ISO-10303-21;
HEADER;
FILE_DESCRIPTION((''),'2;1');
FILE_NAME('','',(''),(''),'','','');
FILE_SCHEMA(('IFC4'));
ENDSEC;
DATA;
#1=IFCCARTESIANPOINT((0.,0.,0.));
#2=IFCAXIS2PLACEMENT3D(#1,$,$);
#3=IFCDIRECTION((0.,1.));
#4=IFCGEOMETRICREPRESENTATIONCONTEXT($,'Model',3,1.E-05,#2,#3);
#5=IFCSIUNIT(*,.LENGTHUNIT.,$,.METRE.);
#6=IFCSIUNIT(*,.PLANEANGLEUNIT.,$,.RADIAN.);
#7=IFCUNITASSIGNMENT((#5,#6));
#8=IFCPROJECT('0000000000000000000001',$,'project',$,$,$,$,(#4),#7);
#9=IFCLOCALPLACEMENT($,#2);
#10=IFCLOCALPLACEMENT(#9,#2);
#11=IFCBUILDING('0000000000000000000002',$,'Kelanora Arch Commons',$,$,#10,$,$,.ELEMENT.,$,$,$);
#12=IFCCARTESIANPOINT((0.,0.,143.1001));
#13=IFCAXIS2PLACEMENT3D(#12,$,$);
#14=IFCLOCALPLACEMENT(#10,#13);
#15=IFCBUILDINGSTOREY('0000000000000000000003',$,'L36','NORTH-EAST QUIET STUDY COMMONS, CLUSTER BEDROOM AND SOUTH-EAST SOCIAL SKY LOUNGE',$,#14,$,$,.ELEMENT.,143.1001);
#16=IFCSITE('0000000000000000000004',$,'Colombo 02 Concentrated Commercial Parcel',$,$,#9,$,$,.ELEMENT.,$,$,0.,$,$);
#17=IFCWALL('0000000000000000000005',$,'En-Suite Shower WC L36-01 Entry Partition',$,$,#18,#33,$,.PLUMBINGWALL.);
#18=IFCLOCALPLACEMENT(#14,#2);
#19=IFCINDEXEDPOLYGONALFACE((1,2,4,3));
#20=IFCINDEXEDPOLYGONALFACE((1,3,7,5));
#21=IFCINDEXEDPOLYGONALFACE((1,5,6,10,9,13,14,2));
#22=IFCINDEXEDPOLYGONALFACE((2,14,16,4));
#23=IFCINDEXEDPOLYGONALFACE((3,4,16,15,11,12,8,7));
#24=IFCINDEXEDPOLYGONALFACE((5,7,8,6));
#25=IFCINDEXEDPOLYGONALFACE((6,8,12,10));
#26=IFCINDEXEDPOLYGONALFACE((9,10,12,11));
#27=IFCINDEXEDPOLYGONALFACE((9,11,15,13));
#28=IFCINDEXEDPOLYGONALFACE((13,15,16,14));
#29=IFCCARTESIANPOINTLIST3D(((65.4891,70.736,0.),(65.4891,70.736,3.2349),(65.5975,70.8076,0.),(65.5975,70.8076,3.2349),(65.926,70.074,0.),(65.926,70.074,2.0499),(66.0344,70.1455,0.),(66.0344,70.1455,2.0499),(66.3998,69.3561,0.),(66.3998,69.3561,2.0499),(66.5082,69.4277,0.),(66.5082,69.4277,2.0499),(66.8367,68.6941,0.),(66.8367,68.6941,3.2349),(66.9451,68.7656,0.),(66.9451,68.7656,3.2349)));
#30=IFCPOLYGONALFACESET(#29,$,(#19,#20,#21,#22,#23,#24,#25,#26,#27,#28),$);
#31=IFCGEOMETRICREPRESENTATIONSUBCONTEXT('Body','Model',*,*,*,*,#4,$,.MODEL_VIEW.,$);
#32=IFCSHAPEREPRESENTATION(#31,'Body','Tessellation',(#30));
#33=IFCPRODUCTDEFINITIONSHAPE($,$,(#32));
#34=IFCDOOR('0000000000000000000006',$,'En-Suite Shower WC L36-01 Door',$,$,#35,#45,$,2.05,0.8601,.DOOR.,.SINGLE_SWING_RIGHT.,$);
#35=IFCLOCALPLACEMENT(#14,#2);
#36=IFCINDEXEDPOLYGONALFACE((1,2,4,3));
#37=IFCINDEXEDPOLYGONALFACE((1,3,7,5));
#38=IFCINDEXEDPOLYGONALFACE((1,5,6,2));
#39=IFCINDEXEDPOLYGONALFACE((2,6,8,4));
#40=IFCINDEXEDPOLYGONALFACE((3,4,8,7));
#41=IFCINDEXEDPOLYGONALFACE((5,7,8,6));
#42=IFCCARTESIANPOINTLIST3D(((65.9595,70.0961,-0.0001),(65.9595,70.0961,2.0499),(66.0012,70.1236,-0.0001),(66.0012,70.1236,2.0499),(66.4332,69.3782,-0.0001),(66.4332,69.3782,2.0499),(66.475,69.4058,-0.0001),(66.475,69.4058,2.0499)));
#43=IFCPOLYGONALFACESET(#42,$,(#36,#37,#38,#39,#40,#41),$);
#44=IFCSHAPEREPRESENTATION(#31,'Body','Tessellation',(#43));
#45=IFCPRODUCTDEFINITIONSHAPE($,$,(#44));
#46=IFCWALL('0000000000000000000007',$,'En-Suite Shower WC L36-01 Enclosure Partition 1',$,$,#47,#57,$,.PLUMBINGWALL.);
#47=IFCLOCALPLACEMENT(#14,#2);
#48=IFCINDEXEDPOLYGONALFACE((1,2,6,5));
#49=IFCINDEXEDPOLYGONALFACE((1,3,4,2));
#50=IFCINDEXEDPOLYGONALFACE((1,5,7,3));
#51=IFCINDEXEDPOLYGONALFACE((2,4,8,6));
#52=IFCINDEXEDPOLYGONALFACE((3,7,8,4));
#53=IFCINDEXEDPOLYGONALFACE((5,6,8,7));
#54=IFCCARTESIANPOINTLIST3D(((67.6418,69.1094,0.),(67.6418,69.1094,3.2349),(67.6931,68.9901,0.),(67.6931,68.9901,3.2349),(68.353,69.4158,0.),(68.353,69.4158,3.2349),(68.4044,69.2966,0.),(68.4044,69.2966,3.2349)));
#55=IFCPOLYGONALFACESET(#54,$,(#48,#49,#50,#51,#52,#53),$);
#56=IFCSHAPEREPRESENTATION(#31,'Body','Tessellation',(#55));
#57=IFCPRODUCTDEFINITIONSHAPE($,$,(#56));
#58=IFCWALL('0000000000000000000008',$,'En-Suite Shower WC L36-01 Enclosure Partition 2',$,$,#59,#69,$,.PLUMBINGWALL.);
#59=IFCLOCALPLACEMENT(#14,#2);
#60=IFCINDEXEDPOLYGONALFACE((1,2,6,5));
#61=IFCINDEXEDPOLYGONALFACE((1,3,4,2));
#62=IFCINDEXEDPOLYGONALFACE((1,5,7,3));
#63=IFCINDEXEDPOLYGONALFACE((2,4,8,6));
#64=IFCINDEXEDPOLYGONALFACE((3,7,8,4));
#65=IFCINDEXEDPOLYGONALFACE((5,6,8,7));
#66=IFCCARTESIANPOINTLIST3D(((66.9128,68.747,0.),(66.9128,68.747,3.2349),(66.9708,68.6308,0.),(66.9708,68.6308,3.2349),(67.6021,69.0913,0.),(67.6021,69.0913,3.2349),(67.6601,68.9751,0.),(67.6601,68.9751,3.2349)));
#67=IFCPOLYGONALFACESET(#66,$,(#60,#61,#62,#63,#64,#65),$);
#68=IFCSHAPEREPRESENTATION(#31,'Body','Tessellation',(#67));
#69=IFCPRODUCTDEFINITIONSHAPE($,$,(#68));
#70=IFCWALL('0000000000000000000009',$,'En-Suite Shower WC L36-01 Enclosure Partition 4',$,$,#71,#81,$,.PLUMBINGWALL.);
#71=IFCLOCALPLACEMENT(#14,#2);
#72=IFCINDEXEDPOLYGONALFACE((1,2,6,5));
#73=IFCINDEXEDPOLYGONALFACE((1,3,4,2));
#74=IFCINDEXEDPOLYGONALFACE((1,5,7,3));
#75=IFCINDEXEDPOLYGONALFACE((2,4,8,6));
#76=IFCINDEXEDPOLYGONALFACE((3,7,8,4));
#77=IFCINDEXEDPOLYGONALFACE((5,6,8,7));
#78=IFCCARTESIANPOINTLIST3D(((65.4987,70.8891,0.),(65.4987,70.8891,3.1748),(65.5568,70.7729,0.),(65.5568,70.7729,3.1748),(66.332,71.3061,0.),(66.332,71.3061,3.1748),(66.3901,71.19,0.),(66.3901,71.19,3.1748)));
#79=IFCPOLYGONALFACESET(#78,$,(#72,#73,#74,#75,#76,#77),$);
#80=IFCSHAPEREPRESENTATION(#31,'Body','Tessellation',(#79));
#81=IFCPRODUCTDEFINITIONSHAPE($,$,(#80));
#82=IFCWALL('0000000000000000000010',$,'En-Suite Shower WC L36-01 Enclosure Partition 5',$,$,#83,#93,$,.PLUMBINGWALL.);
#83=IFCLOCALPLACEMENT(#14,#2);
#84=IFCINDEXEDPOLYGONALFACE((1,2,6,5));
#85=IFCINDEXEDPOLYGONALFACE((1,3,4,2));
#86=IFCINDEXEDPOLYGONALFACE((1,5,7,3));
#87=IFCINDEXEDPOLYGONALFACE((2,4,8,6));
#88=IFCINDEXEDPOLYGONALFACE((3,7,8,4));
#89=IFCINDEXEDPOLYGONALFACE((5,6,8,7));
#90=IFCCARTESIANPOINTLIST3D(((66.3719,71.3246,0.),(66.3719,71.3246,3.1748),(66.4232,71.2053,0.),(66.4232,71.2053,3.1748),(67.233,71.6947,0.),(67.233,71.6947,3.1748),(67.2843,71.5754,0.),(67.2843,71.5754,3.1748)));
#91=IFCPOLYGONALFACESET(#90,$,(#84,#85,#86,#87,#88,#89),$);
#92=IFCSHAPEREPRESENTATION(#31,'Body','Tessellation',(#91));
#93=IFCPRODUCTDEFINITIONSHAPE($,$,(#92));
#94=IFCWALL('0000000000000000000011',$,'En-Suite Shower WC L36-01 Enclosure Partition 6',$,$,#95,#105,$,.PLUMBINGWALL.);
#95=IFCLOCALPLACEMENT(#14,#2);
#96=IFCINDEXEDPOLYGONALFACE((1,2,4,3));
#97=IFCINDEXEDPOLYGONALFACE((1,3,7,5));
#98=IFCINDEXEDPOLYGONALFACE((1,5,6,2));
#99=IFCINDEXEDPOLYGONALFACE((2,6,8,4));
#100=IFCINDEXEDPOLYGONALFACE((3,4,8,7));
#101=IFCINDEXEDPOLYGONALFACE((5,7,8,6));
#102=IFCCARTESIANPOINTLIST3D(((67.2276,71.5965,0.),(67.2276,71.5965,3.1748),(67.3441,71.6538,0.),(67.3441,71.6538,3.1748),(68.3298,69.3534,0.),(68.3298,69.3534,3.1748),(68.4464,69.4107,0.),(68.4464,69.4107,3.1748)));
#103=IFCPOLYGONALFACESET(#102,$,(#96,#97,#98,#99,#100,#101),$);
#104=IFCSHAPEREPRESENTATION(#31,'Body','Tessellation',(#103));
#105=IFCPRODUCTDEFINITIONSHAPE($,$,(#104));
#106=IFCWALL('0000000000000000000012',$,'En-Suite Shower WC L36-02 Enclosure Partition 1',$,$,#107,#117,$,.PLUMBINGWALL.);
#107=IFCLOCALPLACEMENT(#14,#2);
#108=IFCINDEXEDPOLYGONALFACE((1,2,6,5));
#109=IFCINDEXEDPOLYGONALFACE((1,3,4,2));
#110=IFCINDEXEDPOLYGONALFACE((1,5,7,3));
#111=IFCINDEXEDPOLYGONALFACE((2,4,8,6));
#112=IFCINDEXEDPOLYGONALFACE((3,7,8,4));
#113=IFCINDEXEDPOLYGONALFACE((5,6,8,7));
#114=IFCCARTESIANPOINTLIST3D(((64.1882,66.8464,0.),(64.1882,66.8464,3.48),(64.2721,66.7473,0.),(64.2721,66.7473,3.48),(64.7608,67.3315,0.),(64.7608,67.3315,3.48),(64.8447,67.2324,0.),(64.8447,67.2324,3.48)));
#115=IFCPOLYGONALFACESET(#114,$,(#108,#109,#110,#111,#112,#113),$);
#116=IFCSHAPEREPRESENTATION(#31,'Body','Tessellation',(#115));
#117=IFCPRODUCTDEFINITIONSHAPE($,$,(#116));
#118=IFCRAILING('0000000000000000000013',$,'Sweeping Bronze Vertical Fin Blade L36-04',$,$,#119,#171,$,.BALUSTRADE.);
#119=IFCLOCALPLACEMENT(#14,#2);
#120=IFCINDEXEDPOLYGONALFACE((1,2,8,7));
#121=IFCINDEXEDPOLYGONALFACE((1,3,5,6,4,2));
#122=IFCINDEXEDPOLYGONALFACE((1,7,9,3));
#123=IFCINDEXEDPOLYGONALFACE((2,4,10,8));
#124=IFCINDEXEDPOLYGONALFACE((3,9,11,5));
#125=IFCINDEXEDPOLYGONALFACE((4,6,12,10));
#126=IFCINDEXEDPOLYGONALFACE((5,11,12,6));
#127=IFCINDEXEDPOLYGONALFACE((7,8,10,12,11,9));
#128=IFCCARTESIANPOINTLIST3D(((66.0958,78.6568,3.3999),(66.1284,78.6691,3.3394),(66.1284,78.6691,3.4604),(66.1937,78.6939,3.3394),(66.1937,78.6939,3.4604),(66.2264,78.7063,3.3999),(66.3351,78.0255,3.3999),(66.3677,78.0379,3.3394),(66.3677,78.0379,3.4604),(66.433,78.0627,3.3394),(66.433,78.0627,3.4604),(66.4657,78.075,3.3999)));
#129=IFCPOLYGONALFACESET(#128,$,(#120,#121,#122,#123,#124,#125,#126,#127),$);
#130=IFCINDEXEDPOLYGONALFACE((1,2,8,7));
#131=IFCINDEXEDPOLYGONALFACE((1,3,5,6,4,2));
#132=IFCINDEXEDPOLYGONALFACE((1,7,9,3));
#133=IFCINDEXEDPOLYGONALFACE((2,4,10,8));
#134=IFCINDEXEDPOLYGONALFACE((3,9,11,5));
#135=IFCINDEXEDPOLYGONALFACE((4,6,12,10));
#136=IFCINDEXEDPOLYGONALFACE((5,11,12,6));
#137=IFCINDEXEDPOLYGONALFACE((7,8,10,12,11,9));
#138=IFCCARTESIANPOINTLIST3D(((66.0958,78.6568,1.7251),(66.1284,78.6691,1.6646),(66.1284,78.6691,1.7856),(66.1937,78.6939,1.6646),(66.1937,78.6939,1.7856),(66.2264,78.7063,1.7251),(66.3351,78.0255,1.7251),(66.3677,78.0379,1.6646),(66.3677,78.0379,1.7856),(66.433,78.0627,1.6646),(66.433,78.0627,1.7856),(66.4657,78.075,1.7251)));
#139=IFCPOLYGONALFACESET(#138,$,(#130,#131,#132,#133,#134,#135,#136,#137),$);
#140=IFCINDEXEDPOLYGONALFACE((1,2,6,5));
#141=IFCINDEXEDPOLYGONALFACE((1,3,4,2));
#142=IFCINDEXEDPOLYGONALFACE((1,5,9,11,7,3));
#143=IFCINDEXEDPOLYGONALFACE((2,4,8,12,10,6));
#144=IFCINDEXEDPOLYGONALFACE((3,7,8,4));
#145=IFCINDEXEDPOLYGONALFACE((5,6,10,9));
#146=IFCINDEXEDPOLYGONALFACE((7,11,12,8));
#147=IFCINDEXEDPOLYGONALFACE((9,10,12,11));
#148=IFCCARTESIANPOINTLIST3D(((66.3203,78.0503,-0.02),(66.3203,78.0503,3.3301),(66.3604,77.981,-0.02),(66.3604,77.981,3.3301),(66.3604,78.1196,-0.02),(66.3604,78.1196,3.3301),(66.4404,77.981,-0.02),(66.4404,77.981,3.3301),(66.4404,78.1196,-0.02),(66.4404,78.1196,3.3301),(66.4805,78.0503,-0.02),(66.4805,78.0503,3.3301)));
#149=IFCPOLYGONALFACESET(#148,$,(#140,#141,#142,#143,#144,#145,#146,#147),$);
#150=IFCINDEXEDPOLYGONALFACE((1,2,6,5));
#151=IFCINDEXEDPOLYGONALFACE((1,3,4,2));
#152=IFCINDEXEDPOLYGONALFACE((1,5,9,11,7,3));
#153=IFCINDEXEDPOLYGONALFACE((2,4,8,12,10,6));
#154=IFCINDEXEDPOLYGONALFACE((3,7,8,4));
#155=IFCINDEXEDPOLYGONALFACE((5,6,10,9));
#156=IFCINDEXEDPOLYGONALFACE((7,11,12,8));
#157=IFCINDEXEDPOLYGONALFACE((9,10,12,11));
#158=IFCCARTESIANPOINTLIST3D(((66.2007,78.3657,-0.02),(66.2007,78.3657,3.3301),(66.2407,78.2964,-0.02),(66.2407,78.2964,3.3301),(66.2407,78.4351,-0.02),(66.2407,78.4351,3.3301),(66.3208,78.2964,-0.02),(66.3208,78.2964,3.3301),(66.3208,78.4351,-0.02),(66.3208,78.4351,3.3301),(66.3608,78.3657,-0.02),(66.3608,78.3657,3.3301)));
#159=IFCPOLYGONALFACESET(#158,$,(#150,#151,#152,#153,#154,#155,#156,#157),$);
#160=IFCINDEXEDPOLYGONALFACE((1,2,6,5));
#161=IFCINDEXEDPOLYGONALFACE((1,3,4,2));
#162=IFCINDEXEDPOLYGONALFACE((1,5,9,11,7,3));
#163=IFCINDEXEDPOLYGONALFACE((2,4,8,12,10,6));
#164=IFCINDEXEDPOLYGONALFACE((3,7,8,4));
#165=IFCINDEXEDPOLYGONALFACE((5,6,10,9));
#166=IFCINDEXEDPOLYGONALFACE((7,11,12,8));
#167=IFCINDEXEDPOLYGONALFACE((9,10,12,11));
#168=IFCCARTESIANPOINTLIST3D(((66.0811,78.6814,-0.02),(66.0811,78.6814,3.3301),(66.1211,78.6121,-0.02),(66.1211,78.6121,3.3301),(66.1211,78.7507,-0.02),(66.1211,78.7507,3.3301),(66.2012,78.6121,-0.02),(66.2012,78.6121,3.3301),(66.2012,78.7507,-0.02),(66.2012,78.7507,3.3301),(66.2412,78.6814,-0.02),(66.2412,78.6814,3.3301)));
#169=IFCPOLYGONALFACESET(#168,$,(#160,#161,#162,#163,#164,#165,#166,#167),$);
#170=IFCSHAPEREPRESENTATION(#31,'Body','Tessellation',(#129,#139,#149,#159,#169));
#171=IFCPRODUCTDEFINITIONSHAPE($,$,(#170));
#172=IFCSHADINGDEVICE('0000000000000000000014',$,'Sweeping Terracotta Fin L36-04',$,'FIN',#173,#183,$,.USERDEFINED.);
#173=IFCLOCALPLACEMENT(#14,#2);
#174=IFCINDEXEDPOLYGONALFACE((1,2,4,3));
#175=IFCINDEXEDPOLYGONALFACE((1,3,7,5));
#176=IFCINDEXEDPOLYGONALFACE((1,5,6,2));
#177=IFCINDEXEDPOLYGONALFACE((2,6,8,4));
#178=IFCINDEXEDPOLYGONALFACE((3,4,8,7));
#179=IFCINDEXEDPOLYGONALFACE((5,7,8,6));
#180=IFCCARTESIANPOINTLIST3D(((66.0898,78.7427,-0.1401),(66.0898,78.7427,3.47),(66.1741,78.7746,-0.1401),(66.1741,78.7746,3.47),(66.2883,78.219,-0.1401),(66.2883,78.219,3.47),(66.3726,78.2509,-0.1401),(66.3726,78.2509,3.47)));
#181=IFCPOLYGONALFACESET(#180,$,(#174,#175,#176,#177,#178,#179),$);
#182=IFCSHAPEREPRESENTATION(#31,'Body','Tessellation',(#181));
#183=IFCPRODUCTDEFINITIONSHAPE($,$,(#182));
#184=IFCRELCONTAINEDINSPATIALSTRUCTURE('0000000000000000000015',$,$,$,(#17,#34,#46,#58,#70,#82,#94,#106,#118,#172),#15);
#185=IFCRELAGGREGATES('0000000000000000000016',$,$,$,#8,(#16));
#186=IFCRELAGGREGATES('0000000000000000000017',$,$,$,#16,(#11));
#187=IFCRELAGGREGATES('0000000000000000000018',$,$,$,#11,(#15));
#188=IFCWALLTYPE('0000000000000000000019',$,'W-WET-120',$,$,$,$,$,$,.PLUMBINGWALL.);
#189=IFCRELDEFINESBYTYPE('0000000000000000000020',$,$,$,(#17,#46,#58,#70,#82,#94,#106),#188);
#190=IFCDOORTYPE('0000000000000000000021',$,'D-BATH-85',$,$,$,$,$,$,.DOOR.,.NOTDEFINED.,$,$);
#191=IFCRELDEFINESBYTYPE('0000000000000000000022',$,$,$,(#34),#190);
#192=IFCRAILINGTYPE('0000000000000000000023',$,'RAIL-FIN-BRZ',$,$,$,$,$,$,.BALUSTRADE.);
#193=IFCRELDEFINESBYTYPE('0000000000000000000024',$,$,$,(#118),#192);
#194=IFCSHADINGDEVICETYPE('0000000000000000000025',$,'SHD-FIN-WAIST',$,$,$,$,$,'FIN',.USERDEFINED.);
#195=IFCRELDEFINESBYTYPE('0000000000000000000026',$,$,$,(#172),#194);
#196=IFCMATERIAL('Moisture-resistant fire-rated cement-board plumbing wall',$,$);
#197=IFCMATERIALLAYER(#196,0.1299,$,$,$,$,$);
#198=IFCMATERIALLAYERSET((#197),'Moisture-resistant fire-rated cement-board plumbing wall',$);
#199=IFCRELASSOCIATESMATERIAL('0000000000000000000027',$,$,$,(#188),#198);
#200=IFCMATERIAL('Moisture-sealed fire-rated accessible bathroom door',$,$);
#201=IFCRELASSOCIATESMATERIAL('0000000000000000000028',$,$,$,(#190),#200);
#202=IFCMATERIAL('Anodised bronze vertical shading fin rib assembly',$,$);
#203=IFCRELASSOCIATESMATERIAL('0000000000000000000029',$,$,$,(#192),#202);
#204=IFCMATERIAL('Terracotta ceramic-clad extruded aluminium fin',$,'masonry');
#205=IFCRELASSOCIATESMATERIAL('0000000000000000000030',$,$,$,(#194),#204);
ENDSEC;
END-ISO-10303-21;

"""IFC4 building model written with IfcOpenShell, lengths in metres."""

from ifc_helpers import new_model, si_unit, direction, frame, frame_2d, origin, origin_2d, place, context, subcontext, project, spatial, polyline, rectangle, outline, extrude, source, transform, mapped, material, layer, layer_set, type_object, element, fill, save


model = new_model("IFC4")

# Units and contexts
model_context = context("Model", 3, precision=1e-05, world=origin(), true_north=direction((0.0, 1.0)))
body_context = subcontext(model_context, "Body", "Model", "MODEL_VIEW")
ifc_project = project(units=[si_unit("LENGTHUNIT", "METRE"), si_unit("PLANEANGLEUNIT", "RADIAN")], contexts=[model_context])

# Site, building, storey
site_placement = place(None, origin())
site = spatial("IfcSite", under=ifc_project, at=site_placement, Name="Colombo 02 Concentrated Commercial Parcel", CompositionType="ELEMENT", RefElevation=0.0)
building_placement = place(site_placement, origin())
building = spatial("IfcBuilding", under=site, at=building_placement, Name="Kelanora Arch Commons", CompositionType="ELEMENT")
storey_placement = place(building_placement, frame((0.0, 0.0, 143.1001)))
storey = spatial("IfcBuildingStorey", under=building, at=storey_placement, Name="L36", Description="NORTH-EAST QUIET STUDY COMMONS, CLUSTER BEDROOM AND SOUTH-EAST SOCIAL SKY LOUNGE", CompositionType="ELEMENT", Elevation=143.1001)

# Wall, opening, door
ifc_material_1 = material(Name="Moisture-resistant fire-rated cement-board plumbing wall")
ifc_layer_1 = layer(ifc_material_1, 0.1299)
ifc_layer_set_1 = layer_set([ifc_layer_1], Name="Moisture-resistant fire-rated cement-board plumbing wall")
wall_type_1 = type_object("IfcWallType", Name="W-WET-120", PredefinedType="PLUMBINGWALL", material=ifc_layer_set_1)
wall_1_placement = place(storey_placement, frame((66.8909, 68.73, 0.0), z_axis=(0.0, 0.0, 1.0), x_axis=(-0.550826, 0.83462, 0.0)))
wall_1 = element("IfcWall", 1, at=wall_1_placement, inside=storey, type_object=wall_type_1, Name="En-Suite Shower WC L36-01 Entry Partition", PredefinedType="PLUMBINGWALL", context=body_context, shape_type="SweptSolid", body=[
    extrude(rectangle(XDim=2.4465, YDim=0.1299, at=frame_2d((1.2231, 0.0))), origin(), (0.0, 0.0, 1.0), 3.2349),
])
opening_1_placement = place(wall_1_placement, frame((0.793, 0.0, 0.0)))
opening_1 = element("IfcOpeningElement", 2, at=opening_1_placement, cuts=wall_1, PredefinedType="OPENING", context=body_context, shape_type="SweptSolid", body=[
    extrude(rectangle(XDim=0.8601, YDim=2.05, at=frame_2d((0.4302, 1.0249))), frame((0.0, 0.075, 0.0), z_axis=(0.0, -1.0, 0.0), x_axis=(1.0, 0.0, 0.0)), (0.0, 0.0, 1.0), 0.1499),
])
ifc_material_2 = material(Name="Moisture-sealed fire-rated accessible bathroom door")
door_type_1 = type_object("IfcDoorType", Name="D-BATH-85", OperationType="NOTDEFINED", PredefinedType="DOOR", material=ifc_material_2)
door_1_placement = place(opening_1_placement, origin())
door_1 = element("IfcDoor", 3, at=door_1_placement, inside=storey, type_object=door_type_1, Name="En-Suite Shower WC L36-01 Door", OperationType="SINGLE_SWING_RIGHT", OverallHeight=2.05, OverallWidth=0.8601, PredefinedType="DOOR", context=body_context, shape_type="SweptSolid", body=[
    extrude(rectangle(XDim=0.8601, YDim=2.05, at=frame_2d((0.4302, 1.0249))), frame((0.0, 0.0249, 0.0), z_axis=(0.0, -1.0, 0.0), x_axis=(1.0, 0.0, 0.0)), (0.0, 0.0, 1.0), 0.05),
])
fill(opening_1, door_1)

# Walls
wall_2_placement = place(storey_placement, frame((68.3787, 69.3562, 0.0), z_axis=(0.0, 0.0, 1.0), x_axis=(-0.918393, -0.395669, 0.0)))
element("IfcWall", 4, at=wall_2_placement, inside=storey, type_object=wall_type_1, Name="En-Suite Shower WC L36-01 Enclosure Partition 1", PredefinedType="PLUMBINGWALL", context=body_context, shape_type="SweptSolid", body=[
    extrude(rectangle(XDim=0.7744, YDim=0.1299, at=frame_2d((0.3872, 0.0))), origin(), (0.0, 0.0, 1.0), 3.2349),
])
wall_3_placement = place(storey_placement, frame((67.6311, 69.0332, 0.0), z_axis=(0.0, 0.0, 1.0), x_axis=(-0.894617, -0.446833, 0.0)))
element("IfcWall", 5, at=wall_3_placement, inside=storey, type_object=wall_type_1, Name="En-Suite Shower WC L36-01 Enclosure Partition 2", PredefinedType="PLUMBINGWALL", context=body_context, shape_type="SweptSolid", body=[
    extrude(rectangle(XDim=0.7705, YDim=0.1299, at=frame_2d((0.3853, 0.0))), origin(), (0.0, 0.0, 1.0), 3.2349),
])
wall_4_placement = place(storey_placement, frame((65.5278, 70.8311, 0.0), z_axis=(0.0, 0.0, 1.0), x_axis=(0.89427, 0.447528, 0.0)))
element("IfcWall", 6, at=wall_4_placement, inside=storey, type_object=wall_type_1, Name="En-Suite Shower WC L36-01 Enclosure Partition 4", PredefinedType="PLUMBINGWALL", context=body_context, shape_type="SweptSolid", body=[
    extrude(rectangle(XDim=0.9319, YDim=0.1299, at=frame_2d((0.4658, 0.0))), origin(), (0.0, 0.0, 1.0), 3.1748),
])
wall_5_placement = place(storey_placement, frame((66.3975, 71.2649, 0.0), z_axis=(0.0, 0.0, 1.0), x_axis=(0.918727, 0.394894, 0.0)))
element("IfcWall", 7, at=wall_5_placement, inside=storey, type_object=wall_type_1, Name="En-Suite Shower WC L36-01 Enclosure Partition 5", PredefinedType="PLUMBINGWALL", context=body_context, shape_type="SweptSolid", body=[
    extrude(rectangle(XDim=0.9373, YDim=0.1299, at=frame_2d((0.4688, 0.0))), origin(), (0.0, 0.0, 1.0), 3.1748),
])
wall_6_placement = place(storey_placement, frame((67.2859, 71.625, 0.0), z_axis=(0.0, 0.0, 1.0), x_axis=(0.44103, -0.897493, 0.0)))
element("IfcWall", 8, at=wall_6_placement, inside=storey, type_object=wall_type_1, Name="En-Suite Shower WC L36-01 Enclosure Partition 6", PredefinedType="PLUMBINGWALL", context=body_context, shape_type="SweptSolid", body=[
    extrude(rectangle(XDim=2.4993, YDim=0.1299, at=frame_2d((1.2495, 0.0))), origin(), (0.0, 0.0, 1.0), 3.1748),
])
wall_7_placement = place(storey_placement, frame((64.8027, 67.282, 0.0), z_axis=(0.0, 0.0, 1.0), x_axis=(-0.762942, -0.646467, 0.0)))
element("IfcWall", 9, at=wall_7_placement, inside=storey, type_object=wall_type_1, Name="En-Suite Shower WC L36-02 Enclosure Partition 1", PredefinedType="PLUMBINGWALL", context=body_context, shape_type="SweptSolid", body=[
    extrude(rectangle(XDim=0.7505, YDim=0.1299, at=frame_2d((0.3752, 0.0))), origin(), (0.0, 0.0, 1.0), 3.48),
])

# Railing
ifc_material_3 = material(Name="Anodised bronze vertical shading fin rib assembly")
railing_type = type_object("IfcRailingType", Name="RAIL-FIN-BRZ", PredefinedType="BALUSTRADE", material=ifc_material_3)
railing_placement = place(storey_placement, frame((66.4004, 78.0503, -0.02)))
element("IfcRailing", 10, at=railing_placement, inside=storey, type_object=railing_type, Name="Sweeping Bronze Vertical Fin Blade L36-04", PredefinedType="BALUSTRADE", context=body_context, shape_type="SweptSolid", body=[
    extrude(outline(polyline([(0.0698, 0.0), (0.0349, 0.0605), (-0.0349, 0.0605), (-0.0698, 0.0), (-0.0349, -0.0605), (0.0349, -0.0605), (0.0698, 0.0)])), frame((0.0, 0.0, 3.4199), z_axis=(-0.354491, 0.93506, 0.0), x_axis=(-0.93506, -0.354491, 0.0)), (0.0, 0.0, 1.0), 0.675),
    extrude(outline(polyline([(0.0698, 0.0), (0.0349, 0.0605), (-0.0349, 0.0605), (-0.0698, 0.0), (-0.0349, -0.0605), (0.0349, -0.0605), (0.0698, 0.0)])), frame((0.0, 0.0, 1.7451), z_axis=(-0.354491, 0.93506, 0.0), x_axis=(-0.93506, -0.354491, 0.0)), (0.0, 0.0, 1.0), 0.675),
    extrude(outline(polyline([(0.0801, 0.0), (0.04, 0.0693), (-0.04, 0.0693), (-0.0801, 0.0), (-0.04, -0.0693), (0.04, -0.0693), (0.0801, 0.0)])), origin(), (0.0, 0.0, 1.0), 3.3501),
    extrude(outline(polyline([(0.0801, 0.0), (0.04, 0.0693), (-0.04, 0.0693), (-0.0801, 0.0), (-0.04, -0.0693), (0.04, -0.0693), (0.0801, 0.0)])), frame((-0.1196, 0.3154, 0.0)), (0.0, 0.0, 1.0), 3.3501),
    extrude(outline(polyline([(0.0801, 0.0), (0.04, 0.0693), (-0.04, 0.0693), (-0.0801, 0.0), (-0.04, -0.0693), (0.04, -0.0693), (0.0801, 0.0)])), frame((-0.2393, 0.6311, 0.0)), (0.0, 0.0, 1.0), 3.3501),
])

# Shading device
ifc_material_4 = material(Name="Terracotta ceramic-clad extruded aluminium fin", Category="masonry")
shading_device_type = type_object("IfcShadingDeviceType", Name="SHD-FIN-WAIST", ElementType="FIN", PredefinedType="USERDEFINED", material=ifc_material_4)
shared_shape_1 = source(origin(), body_context, "Body", "SweptSolid", [
    extrude(rectangle(XDim=0.5601, YDim=0.0901, at=origin_2d()), origin(), (0.0, 0.0, 1.0), 3.6101),
])
shading_device_placement = place(storey_placement, frame((66.2312, 78.4968, -0.1401), z_axis=(0.0, 0.0, 1.0), x_axis=(-0.354454, 0.935073, 0.0)))
element("IfcShadingDevice", 11, at=shading_device_placement, inside=storey, type_object=shading_device_type, Name="Sweeping Terracotta Fin L36-04", ObjectType="FIN", PredefinedType="USERDEFINED", context=body_context, shape_type="MappedRepresentation", body=[
    mapped(shared_shape_1, transform((0.0, 0.0, 0.0), scale=1.0)),
])

save(model, "model.ifc")
